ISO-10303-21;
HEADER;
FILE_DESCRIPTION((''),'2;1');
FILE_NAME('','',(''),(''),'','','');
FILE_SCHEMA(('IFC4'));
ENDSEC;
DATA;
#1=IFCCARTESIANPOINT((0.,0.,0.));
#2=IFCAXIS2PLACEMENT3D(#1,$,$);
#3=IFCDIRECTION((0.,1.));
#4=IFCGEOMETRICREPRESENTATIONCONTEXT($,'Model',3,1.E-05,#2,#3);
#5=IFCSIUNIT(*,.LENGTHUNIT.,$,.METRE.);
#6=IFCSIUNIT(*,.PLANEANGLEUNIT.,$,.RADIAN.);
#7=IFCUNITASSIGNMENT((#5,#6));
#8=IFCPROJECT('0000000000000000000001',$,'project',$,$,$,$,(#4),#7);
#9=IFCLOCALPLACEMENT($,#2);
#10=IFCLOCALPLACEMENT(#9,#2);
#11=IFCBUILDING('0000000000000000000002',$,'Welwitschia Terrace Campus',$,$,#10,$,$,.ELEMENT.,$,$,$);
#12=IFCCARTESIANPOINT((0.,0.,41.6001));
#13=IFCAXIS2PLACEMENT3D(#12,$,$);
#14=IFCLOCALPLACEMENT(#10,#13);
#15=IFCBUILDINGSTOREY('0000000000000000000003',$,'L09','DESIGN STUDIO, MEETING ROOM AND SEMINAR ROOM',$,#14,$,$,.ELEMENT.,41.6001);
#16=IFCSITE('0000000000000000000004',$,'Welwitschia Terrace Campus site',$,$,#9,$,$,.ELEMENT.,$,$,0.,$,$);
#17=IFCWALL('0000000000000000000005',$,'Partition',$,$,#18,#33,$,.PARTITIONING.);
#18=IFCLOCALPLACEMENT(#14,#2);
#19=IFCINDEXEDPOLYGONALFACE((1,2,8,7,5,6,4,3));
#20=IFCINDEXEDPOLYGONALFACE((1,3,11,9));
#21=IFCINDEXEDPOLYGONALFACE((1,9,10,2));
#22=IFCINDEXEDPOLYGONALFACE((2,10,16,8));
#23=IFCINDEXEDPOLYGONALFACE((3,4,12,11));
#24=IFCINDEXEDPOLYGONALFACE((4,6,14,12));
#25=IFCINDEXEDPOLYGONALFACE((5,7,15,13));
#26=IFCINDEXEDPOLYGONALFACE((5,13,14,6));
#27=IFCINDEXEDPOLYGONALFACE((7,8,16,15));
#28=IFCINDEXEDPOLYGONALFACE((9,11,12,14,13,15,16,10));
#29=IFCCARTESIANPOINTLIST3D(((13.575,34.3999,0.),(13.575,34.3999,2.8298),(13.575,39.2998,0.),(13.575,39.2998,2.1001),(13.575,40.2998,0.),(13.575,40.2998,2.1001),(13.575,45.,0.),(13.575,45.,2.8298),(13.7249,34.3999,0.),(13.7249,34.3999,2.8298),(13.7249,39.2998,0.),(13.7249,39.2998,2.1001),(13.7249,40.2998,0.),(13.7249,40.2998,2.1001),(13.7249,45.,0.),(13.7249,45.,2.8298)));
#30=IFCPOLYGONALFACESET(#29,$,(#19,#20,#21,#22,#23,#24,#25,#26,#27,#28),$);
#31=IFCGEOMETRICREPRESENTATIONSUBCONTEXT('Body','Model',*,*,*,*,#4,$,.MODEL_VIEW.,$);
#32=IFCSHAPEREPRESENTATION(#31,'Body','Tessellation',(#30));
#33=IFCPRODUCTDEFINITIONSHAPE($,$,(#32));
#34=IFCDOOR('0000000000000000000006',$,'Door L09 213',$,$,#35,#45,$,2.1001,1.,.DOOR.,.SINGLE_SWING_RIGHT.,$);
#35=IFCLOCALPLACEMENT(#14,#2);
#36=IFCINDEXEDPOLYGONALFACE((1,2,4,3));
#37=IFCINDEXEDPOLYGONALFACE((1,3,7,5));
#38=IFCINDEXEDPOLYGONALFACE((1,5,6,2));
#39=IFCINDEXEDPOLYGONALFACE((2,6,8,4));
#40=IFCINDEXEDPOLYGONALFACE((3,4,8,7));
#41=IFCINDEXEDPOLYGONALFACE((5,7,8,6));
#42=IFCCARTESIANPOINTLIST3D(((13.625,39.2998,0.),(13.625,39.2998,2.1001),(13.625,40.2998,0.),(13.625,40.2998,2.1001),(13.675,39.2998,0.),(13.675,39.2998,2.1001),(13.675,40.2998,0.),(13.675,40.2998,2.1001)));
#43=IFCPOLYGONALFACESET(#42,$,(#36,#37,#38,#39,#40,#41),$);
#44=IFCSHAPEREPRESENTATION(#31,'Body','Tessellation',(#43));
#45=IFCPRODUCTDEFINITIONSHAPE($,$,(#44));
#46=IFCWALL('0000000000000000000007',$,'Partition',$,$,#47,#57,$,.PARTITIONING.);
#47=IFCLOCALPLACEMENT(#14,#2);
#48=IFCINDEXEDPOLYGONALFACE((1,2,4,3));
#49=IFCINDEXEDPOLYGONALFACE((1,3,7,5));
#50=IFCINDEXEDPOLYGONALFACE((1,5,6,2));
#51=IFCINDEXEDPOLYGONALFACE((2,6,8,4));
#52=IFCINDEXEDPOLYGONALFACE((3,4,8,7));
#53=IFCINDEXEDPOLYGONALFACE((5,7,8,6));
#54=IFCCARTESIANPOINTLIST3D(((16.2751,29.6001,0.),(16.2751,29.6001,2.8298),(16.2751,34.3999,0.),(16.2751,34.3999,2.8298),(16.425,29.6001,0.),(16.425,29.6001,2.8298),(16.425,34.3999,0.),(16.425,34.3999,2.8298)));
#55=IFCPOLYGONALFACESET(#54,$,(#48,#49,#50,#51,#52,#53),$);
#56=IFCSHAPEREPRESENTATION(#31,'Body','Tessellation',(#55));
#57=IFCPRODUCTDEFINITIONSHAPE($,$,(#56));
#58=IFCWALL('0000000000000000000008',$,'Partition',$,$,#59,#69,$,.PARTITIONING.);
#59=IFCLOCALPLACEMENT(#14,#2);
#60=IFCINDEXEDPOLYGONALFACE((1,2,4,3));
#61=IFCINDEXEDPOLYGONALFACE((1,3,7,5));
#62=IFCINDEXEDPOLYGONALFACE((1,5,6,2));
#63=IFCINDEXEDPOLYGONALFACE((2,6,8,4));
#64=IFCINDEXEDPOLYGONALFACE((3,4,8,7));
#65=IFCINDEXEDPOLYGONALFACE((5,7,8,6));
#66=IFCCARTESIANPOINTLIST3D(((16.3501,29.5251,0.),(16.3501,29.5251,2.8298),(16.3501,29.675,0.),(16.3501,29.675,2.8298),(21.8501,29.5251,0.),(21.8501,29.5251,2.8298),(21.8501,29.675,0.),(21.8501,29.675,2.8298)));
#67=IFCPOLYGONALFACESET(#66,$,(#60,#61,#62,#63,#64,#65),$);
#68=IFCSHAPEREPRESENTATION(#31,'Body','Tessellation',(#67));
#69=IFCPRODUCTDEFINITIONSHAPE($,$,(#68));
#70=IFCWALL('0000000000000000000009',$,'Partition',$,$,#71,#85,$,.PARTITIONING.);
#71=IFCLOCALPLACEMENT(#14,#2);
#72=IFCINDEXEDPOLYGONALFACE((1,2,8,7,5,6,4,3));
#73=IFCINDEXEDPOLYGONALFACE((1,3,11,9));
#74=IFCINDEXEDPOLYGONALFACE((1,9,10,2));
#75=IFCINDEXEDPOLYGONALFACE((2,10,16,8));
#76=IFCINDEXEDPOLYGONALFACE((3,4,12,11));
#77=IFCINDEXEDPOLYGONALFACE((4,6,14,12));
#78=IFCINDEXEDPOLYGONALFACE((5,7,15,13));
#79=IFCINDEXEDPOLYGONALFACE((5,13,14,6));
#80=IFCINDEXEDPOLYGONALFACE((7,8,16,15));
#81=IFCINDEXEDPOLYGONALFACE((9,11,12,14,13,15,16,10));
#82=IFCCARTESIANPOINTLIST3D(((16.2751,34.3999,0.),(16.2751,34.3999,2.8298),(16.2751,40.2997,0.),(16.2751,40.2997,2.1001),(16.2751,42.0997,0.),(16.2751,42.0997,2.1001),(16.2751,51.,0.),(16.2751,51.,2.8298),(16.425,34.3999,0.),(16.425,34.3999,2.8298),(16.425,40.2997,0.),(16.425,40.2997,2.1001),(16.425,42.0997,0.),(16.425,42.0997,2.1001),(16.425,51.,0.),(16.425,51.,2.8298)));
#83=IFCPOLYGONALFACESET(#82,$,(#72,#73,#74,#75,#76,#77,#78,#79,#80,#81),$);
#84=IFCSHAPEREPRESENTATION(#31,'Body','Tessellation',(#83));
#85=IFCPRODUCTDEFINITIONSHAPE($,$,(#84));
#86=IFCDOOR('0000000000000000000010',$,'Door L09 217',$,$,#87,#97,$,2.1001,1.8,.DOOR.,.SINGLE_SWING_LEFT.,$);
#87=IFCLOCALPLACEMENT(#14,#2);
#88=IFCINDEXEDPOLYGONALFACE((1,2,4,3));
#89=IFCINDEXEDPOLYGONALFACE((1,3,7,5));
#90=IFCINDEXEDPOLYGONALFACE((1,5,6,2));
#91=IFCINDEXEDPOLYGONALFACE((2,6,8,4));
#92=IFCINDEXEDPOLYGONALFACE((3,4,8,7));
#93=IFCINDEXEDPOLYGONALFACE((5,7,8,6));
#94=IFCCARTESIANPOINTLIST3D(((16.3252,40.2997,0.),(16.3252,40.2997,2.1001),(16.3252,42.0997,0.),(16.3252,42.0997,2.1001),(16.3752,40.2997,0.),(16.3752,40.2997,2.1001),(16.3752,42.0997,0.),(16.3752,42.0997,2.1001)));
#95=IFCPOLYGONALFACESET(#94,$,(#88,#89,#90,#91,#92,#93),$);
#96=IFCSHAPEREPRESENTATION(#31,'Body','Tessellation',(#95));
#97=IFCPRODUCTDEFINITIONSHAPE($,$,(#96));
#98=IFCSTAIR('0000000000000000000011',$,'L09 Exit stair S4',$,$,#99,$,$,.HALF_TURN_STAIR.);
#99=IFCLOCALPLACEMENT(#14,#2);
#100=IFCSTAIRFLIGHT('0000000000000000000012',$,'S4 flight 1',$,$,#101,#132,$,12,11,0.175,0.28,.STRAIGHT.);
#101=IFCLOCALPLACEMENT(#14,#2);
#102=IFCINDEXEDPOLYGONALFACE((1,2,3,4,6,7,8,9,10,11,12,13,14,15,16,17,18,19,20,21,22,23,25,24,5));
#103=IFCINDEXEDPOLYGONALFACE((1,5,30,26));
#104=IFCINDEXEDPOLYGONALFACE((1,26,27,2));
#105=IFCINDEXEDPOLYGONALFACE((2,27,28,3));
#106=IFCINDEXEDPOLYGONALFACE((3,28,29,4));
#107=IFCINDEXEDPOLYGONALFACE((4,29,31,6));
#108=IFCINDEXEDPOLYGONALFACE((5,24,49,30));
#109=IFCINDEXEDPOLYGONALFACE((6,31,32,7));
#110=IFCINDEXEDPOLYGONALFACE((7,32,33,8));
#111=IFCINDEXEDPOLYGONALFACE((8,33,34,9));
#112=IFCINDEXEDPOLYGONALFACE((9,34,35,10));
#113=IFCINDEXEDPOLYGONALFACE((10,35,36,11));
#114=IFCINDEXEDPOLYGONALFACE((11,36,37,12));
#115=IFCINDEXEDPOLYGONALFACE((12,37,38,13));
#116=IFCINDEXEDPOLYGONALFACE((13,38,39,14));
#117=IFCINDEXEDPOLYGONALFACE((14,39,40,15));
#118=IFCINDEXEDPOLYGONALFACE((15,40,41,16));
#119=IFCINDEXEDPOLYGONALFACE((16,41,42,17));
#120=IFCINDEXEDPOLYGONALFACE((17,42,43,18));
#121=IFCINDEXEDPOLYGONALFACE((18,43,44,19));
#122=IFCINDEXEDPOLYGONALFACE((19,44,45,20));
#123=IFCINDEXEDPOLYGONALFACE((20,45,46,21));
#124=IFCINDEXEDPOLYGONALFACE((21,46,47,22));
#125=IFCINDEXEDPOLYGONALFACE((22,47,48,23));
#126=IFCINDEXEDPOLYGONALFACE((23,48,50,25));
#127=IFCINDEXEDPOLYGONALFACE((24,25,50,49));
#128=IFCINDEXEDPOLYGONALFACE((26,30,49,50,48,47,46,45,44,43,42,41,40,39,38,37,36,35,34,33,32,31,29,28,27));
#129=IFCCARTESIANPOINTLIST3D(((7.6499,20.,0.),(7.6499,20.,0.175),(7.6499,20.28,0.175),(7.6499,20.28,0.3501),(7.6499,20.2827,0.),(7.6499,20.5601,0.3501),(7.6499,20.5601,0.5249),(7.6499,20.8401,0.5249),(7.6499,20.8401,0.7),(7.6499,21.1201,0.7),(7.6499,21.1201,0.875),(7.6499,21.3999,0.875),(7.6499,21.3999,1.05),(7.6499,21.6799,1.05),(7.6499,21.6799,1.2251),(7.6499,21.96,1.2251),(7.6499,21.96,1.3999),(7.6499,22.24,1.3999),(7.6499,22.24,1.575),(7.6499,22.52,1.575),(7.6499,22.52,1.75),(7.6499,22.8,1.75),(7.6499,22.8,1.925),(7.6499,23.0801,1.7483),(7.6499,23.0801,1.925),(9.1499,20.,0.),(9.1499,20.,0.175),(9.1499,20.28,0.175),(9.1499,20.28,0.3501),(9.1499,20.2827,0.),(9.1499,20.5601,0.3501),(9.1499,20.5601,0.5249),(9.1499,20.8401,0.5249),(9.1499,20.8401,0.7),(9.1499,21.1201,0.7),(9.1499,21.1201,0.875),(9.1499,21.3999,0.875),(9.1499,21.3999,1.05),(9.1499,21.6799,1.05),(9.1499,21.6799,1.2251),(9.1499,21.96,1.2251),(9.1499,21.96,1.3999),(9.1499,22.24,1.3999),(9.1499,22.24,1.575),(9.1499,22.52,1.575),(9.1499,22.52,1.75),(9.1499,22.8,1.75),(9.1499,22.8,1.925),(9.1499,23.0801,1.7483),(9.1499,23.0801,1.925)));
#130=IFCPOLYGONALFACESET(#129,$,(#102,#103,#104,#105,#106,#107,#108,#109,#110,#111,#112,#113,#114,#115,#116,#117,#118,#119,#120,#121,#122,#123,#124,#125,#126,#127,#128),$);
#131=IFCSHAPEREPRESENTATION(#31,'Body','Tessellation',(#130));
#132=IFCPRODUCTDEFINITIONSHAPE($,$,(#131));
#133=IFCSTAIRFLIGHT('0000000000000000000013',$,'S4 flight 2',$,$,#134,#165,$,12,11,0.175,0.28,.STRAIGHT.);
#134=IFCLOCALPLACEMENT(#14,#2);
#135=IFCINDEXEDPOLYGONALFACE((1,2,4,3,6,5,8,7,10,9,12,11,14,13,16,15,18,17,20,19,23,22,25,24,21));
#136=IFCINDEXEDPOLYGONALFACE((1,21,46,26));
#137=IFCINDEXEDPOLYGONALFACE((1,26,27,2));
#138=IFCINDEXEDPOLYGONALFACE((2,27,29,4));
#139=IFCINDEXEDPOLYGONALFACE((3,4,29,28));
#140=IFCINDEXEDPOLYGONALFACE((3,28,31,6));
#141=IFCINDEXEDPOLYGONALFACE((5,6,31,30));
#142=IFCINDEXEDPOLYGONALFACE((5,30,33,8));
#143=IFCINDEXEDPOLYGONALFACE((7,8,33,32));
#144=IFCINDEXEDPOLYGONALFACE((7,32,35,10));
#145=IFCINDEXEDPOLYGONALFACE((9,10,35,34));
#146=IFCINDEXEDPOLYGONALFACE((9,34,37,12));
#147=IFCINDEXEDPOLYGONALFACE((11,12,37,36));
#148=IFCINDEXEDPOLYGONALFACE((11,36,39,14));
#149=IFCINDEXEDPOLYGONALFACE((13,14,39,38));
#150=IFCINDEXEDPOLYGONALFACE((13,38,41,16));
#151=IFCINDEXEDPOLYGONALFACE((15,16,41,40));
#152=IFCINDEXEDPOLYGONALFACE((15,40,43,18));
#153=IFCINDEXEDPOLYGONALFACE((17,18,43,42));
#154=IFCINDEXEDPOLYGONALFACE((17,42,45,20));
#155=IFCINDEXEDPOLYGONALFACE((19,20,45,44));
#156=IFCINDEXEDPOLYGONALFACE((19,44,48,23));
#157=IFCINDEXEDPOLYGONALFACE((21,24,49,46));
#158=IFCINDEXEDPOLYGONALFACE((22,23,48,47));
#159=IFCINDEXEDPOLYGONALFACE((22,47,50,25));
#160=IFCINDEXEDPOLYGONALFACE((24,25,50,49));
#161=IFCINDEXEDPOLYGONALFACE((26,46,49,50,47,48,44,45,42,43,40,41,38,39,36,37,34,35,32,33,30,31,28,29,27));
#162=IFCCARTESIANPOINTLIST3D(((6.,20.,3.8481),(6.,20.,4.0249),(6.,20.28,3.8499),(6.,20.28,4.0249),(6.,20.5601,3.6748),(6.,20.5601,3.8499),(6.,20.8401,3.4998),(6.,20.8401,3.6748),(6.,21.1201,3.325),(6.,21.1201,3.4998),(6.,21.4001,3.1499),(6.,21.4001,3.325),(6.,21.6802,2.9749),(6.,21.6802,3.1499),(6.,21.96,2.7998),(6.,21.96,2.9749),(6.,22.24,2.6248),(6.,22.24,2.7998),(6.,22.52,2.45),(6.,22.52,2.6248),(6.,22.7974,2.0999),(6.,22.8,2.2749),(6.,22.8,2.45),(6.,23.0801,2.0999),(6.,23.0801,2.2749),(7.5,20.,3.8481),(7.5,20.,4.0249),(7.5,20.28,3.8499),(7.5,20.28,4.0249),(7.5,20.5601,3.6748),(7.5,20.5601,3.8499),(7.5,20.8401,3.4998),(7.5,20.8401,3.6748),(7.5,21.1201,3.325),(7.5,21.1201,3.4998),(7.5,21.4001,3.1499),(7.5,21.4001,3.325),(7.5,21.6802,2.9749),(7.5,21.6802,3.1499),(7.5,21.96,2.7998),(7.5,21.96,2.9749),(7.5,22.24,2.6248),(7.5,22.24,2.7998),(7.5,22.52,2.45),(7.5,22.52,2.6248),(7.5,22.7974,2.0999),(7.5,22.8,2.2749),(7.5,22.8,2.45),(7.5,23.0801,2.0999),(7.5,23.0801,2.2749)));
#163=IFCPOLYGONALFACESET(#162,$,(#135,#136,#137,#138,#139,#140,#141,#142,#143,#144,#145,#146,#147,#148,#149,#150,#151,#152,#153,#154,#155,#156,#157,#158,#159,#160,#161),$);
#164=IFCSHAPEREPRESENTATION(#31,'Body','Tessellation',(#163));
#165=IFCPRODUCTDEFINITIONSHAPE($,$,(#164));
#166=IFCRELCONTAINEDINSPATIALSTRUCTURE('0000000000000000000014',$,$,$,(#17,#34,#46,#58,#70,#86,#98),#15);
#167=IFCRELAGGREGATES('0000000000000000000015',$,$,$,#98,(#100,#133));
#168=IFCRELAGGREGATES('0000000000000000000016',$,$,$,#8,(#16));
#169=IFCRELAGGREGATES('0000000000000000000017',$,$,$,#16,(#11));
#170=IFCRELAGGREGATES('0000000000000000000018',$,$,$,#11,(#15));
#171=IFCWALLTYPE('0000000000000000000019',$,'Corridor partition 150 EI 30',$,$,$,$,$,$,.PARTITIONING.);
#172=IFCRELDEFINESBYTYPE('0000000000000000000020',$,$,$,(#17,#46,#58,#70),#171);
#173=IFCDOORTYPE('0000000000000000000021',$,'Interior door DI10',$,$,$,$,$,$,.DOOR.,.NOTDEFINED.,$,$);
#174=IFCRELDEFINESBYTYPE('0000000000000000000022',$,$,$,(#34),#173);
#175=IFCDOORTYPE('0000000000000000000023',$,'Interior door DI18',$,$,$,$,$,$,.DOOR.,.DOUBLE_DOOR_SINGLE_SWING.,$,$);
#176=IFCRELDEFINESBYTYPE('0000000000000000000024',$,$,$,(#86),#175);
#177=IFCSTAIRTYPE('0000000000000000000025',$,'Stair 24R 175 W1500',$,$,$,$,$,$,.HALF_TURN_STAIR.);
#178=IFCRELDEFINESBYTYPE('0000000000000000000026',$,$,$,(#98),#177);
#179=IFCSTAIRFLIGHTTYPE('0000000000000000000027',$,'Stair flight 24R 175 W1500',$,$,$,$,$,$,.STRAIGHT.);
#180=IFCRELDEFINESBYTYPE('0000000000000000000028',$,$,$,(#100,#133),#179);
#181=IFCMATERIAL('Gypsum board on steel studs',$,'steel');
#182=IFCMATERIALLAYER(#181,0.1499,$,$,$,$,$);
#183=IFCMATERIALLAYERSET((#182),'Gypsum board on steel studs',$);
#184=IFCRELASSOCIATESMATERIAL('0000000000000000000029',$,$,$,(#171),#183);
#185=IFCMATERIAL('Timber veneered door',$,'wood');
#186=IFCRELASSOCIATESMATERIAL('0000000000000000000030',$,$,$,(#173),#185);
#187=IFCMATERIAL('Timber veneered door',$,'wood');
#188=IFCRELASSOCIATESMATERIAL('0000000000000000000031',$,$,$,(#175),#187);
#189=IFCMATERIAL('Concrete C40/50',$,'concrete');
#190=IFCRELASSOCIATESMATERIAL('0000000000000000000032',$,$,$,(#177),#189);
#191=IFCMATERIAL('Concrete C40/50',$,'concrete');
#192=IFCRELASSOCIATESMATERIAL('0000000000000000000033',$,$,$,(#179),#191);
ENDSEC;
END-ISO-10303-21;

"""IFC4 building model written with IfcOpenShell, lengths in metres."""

from ifc_helpers import new_model, si_unit, direction, frame, frame_2d, origin, place, context, subcontext, project, spatial, polyline, rectangle, outline, extrude, material, layer, layer_set, type_object, element, fill, aggregate, save


model = new_model("IFC4")

# Units and contexts
model_context = context("Model", 3, precision=1e-05, world=origin(), true_north=direction((0.0, 1.0)))
body_context = subcontext(model_context, "Body", "Model", "MODEL_VIEW")
ifc_project = project(units=[si_unit("LENGTHUNIT", "METRE"), si_unit("PLANEANGLEUNIT", "RADIAN")], contexts=[model_context])

# Site, building, storey
site_placement = place(None, origin())
site = spatial("IfcSite", under=ifc_project, at=site_placement, Name="Welwitschia Terrace Campus site", CompositionType="ELEMENT", RefElevation=0.0)
building_placement = place(site_placement, origin())
building = spatial("IfcBuilding", under=site, at=building_placement, Name="Welwitschia Terrace Campus", CompositionType="ELEMENT")
storey_placement = place(building_placement, frame((0.0, 0.0, 41.6001)))
storey = spatial("IfcBuildingStorey", under=building, at=storey_placement, Name="L09", Description="DESIGN STUDIO, MEETING ROOM AND SEMINAR ROOM", CompositionType="ELEMENT", Elevation=41.6001)

# Shared definitions
ifc_material_1 = material(Name="Gypsum board on steel studs", Category="steel")
ifc_layer_1 = layer(ifc_material_1, 0.1499)
ifc_layer_set_1 = layer_set([ifc_layer_1], Name="Gypsum board on steel studs")
wall_type_1 = type_object("IfcWallType", Name="Corridor partition 150 EI 30", PredefinedType="PARTITIONING", material=ifc_layer_set_1)

# Wall, opening, door
wall_1_placement = place(storey_placement, frame((13.6499, 34.3999, 0.0), z_axis=(0.0, 0.0, 1.0), x_axis=(0.0, 1.0, 0.0)))
wall_1 = element("IfcWall", 1, at=wall_1_placement, inside=storey, type_object=wall_type_1, Name="Partition", PredefinedType="PARTITIONING", context=body_context, shape_type="SweptSolid", body=[
    extrude(rectangle(XDim=10.6001, YDim=0.1499, at=frame_2d((5.3, 0.0))), origin(), (0.0, 0.0, 1.0), 2.8298),
])
opening_1_placement = place(wall_1_placement, frame((4.8999, 0.0, 0.0)))
opening_1 = element("IfcOpeningElement", 2, at=opening_1_placement, cuts=wall_1, PredefinedType="OPENING", context=body_context, shape_type="SweptSolid", body=[
    extrude(rectangle(XDim=1.0, YDim=2.1001, at=frame_2d((0.5, 1.05))), frame((0.0, 0.085, 0.0), z_axis=(0.0, -1.0, 0.0), x_axis=(1.0, 0.0, 0.0)), (0.0, 0.0, 1.0), 0.1699),
])
ifc_material_2 = material(Name="Timber veneered door", Category="wood")
door_type_1 = type_object("IfcDoorType", Name="Interior door DI10", OperationType="NOTDEFINED", PredefinedType="DOOR", material=ifc_material_2)
door_1_placement = place(opening_1_placement, origin())
door_1 = element("IfcDoor", 3, at=door_1_placement, inside=storey, type_object=door_type_1, Name="Door L09 213", OperationType="SINGLE_SWING_RIGHT", OverallHeight=2.1001, OverallWidth=1.0, PredefinedType="DOOR", context=body_context, shape_type="SweptSolid", body=[
    extrude(rectangle(XDim=1.0, YDim=2.1001, at=frame_2d((0.5, 1.05))), frame((0.0, 0.0249, 0.0), z_axis=(0.0, -1.0, 0.0), x_axis=(1.0, 0.0, 0.0)), (0.0, 0.0, 1.0), 0.05),
])
fill(opening_1, door_1)

# Walls
wall_2_placement = place(storey_placement, frame((16.3501, 29.6001, 0.0), z_axis=(0.0, 0.0, 1.0), x_axis=(0.0, 1.0, 0.0)))
element("IfcWall", 4, at=wall_2_placement, inside=storey, type_object=wall_type_1, Name="Partition", PredefinedType="PARTITIONING", context=body_context, shape_type="SweptSolid", body=[
    extrude(rectangle(XDim=4.7998, YDim=0.1499, at=frame_2d((2.3999, 0.0))), origin(), (0.0, 0.0, 1.0), 2.8298),
])
wall_3_placement = place(storey_placement, frame((16.3501, 29.6001, 0.0), z_axis=(0.0, 0.0, 1.0), x_axis=(1.0, 0.0, 0.0)))
element("IfcWall", 5, at=wall_3_placement, inside=storey, type_object=wall_type_1, Name="Partition", PredefinedType="PARTITIONING", context=body_context, shape_type="SweptSolid", body=[
    extrude(rectangle(XDim=5.5, YDim=0.1499, at=frame_2d((2.75, 0.0))), origin(), (0.0, 0.0, 1.0), 2.8298),
])

# Wall, opening, door
wall_4_placement = place(storey_placement, frame((16.3501, 34.3999, 0.0), z_axis=(0.0, 0.0, 1.0), x_axis=(0.0, 1.0, 0.0)))
wall_4 = element("IfcWall", 6, at=wall_4_placement, inside=storey, type_object=wall_type_1, Name="Partition", PredefinedType="PARTITIONING", context=body_context, shape_type="SweptSolid", body=[
    extrude(rectangle(XDim=16.6001, YDim=0.1499, at=frame_2d((8.3, 0.0))), origin(), (0.0, 0.0, 1.0), 2.8298),
])
opening_2_placement = place(wall_4_placement, frame((5.8999, 0.0, 0.0)))
opening_2 = element("IfcOpeningElement", 7, at=opening_2_placement, cuts=wall_4, PredefinedType="OPENING", context=body_context, shape_type="SweptSolid", body=[
    extrude(rectangle(XDim=1.8, YDim=2.1001, at=frame_2d((0.8999, 1.05))), frame((0.0, 0.085, 0.0), z_axis=(0.0, -1.0, 0.0), x_axis=(1.0, 0.0, 0.0)), (0.0, 0.0, 1.0), 0.1699),
])
ifc_material_3 = material(Name="Timber veneered door", Category="wood")
door_type_2 = type_object("IfcDoorType", Name="Interior door DI18", OperationType="DOUBLE_DOOR_SINGLE_SWING", PredefinedType="DOOR", material=ifc_material_3)
door_2_placement = place(opening_2_placement, origin())
door_2 = element("IfcDoor", 8, at=door_2_placement, inside=storey, type_object=door_type_2, Name="Door L09 217", OperationType="SINGLE_SWING_LEFT", OverallHeight=2.1001, OverallWidth=1.8, PredefinedType="DOOR", context=body_context, shape_type="SweptSolid", body=[
    extrude(rectangle(XDim=1.8, YDim=2.1001, at=frame_2d((0.8999, 1.05))), frame((0.0, 0.0249, 0.0), z_axis=(0.0, -1.0, 0.0), x_axis=(1.0, 0.0, 0.0)), (0.0, 0.0, 1.0), 0.05),
])
fill(opening_2, door_2)

# Stair, stair flights
ifc_material_4 = material(Name="Concrete C40/50", Category="concrete")
stair_type = type_object("IfcStairType", Name="Stair 24R 175 W1500", PredefinedType="HALF_TURN_STAIR", material=ifc_material_4)
stair_placement = place(storey_placement, origin())
stair = element("IfcStair", 9, at=stair_placement, inside=storey, type_object=stair_type, Name="L09 Exit stair S4", PredefinedType="HALF_TURN_STAIR")
ifc_material_5 = material(Name="Concrete C40/50", Category="concrete")
stair_flight_type = type_object("IfcStairFlightType", Name="Stair flight 24R 175 W1500", PredefinedType="STRAIGHT", material=ifc_material_5)
stair_flight_1_placement = place(storey_placement, frame((8.3999, 20.0, 0.0), z_axis=(0.0, 0.0, 1.0), x_axis=(0.0, 1.0, 0.0)))
stair_flight_1 = element("IfcStairFlight", 10, at=stair_flight_1_placement, type_object=stair_flight_type, Name="S4 flight 1", NumberOfRisers=12, NumberOfTreads=11, PredefinedType="STRAIGHT", RiserHeight=0.175, TreadLength=0.28, context=body_context, shape_type="SweptSolid", body=[
    extrude(outline(polyline([(0.0, 0.0), (0.0, 0.175), (0.28, 0.175), (0.28, 0.3501), (0.5601, 0.3501), (0.5601, 0.5249), (0.8401, 0.5249), (0.8401, 0.7), (1.1201, 0.7), (1.1201, 0.875), (1.3999, 0.875), (1.3999, 1.05), (1.6799, 1.05), (1.6799, 1.2251), (1.96, 1.2251), (1.96, 1.3999), (2.24, 1.3999), (2.24, 1.575), (2.52, 1.575), (2.52, 1.75), (2.8, 1.75), (2.8, 1.925), (3.0801, 1.925), (3.0801, 2.1001), (3.0801, 1.7483), (0.2827, 0.0), (0.0, 0.0)])), frame((0.0, 0.75, 0.0), z_axis=(0.0, -1.0, 0.0), x_axis=(1.0, 0.0, 0.0)), (0.0, 0.0, 1.0), 1.5),
])
stair_flight_2_placement = place(storey_placement, frame((6.75, 23.0801, 2.0999), z_axis=(0.0, 0.0, 1.0), x_axis=(0.0, -1.0, 0.0)))
stair_flight_2 = element("IfcStairFlight", 11, at=stair_flight_2_placement, type_object=stair_flight_type, Name="S4 flight 2", NumberOfRisers=12, NumberOfTreads=11, PredefinedType="STRAIGHT", RiserHeight=0.175, TreadLength=0.28, context=body_context, shape_type="SweptSolid", body=[
    extrude(outline(polyline([(0.0, 0.0), (0.0, 0.175), (0.28, 0.175), (0.28, 0.3501), (0.5601, 0.3501), (0.5601, 0.5249), (0.8401, 0.5249), (0.8401, 0.7), (1.1201, 0.7), (1.1201, 0.875), (1.3999, 0.875), (1.3999, 1.05), (1.6799, 1.05), (1.6799, 1.2251), (1.96, 1.2251), (1.96, 1.3999), (2.24, 1.3999), (2.24, 1.575), (2.52, 1.575), (2.52, 1.75), (2.8, 1.75), (2.8, 1.925), (3.0801, 1.925), (3.0801, 2.1001), (3.0801, 1.7483), (0.2827, 0.0), (0.0, 0.0)])), frame((0.0, 0.75, 0.0), z_axis=(0.0, -1.0, 0.0), x_axis=(1.0, 0.0, 0.0)), (0.0, 0.0, 1.0), 1.5),
])
aggregate(stair, [stair_flight_1, stair_flight_2])

save(model, "model.ifc")
